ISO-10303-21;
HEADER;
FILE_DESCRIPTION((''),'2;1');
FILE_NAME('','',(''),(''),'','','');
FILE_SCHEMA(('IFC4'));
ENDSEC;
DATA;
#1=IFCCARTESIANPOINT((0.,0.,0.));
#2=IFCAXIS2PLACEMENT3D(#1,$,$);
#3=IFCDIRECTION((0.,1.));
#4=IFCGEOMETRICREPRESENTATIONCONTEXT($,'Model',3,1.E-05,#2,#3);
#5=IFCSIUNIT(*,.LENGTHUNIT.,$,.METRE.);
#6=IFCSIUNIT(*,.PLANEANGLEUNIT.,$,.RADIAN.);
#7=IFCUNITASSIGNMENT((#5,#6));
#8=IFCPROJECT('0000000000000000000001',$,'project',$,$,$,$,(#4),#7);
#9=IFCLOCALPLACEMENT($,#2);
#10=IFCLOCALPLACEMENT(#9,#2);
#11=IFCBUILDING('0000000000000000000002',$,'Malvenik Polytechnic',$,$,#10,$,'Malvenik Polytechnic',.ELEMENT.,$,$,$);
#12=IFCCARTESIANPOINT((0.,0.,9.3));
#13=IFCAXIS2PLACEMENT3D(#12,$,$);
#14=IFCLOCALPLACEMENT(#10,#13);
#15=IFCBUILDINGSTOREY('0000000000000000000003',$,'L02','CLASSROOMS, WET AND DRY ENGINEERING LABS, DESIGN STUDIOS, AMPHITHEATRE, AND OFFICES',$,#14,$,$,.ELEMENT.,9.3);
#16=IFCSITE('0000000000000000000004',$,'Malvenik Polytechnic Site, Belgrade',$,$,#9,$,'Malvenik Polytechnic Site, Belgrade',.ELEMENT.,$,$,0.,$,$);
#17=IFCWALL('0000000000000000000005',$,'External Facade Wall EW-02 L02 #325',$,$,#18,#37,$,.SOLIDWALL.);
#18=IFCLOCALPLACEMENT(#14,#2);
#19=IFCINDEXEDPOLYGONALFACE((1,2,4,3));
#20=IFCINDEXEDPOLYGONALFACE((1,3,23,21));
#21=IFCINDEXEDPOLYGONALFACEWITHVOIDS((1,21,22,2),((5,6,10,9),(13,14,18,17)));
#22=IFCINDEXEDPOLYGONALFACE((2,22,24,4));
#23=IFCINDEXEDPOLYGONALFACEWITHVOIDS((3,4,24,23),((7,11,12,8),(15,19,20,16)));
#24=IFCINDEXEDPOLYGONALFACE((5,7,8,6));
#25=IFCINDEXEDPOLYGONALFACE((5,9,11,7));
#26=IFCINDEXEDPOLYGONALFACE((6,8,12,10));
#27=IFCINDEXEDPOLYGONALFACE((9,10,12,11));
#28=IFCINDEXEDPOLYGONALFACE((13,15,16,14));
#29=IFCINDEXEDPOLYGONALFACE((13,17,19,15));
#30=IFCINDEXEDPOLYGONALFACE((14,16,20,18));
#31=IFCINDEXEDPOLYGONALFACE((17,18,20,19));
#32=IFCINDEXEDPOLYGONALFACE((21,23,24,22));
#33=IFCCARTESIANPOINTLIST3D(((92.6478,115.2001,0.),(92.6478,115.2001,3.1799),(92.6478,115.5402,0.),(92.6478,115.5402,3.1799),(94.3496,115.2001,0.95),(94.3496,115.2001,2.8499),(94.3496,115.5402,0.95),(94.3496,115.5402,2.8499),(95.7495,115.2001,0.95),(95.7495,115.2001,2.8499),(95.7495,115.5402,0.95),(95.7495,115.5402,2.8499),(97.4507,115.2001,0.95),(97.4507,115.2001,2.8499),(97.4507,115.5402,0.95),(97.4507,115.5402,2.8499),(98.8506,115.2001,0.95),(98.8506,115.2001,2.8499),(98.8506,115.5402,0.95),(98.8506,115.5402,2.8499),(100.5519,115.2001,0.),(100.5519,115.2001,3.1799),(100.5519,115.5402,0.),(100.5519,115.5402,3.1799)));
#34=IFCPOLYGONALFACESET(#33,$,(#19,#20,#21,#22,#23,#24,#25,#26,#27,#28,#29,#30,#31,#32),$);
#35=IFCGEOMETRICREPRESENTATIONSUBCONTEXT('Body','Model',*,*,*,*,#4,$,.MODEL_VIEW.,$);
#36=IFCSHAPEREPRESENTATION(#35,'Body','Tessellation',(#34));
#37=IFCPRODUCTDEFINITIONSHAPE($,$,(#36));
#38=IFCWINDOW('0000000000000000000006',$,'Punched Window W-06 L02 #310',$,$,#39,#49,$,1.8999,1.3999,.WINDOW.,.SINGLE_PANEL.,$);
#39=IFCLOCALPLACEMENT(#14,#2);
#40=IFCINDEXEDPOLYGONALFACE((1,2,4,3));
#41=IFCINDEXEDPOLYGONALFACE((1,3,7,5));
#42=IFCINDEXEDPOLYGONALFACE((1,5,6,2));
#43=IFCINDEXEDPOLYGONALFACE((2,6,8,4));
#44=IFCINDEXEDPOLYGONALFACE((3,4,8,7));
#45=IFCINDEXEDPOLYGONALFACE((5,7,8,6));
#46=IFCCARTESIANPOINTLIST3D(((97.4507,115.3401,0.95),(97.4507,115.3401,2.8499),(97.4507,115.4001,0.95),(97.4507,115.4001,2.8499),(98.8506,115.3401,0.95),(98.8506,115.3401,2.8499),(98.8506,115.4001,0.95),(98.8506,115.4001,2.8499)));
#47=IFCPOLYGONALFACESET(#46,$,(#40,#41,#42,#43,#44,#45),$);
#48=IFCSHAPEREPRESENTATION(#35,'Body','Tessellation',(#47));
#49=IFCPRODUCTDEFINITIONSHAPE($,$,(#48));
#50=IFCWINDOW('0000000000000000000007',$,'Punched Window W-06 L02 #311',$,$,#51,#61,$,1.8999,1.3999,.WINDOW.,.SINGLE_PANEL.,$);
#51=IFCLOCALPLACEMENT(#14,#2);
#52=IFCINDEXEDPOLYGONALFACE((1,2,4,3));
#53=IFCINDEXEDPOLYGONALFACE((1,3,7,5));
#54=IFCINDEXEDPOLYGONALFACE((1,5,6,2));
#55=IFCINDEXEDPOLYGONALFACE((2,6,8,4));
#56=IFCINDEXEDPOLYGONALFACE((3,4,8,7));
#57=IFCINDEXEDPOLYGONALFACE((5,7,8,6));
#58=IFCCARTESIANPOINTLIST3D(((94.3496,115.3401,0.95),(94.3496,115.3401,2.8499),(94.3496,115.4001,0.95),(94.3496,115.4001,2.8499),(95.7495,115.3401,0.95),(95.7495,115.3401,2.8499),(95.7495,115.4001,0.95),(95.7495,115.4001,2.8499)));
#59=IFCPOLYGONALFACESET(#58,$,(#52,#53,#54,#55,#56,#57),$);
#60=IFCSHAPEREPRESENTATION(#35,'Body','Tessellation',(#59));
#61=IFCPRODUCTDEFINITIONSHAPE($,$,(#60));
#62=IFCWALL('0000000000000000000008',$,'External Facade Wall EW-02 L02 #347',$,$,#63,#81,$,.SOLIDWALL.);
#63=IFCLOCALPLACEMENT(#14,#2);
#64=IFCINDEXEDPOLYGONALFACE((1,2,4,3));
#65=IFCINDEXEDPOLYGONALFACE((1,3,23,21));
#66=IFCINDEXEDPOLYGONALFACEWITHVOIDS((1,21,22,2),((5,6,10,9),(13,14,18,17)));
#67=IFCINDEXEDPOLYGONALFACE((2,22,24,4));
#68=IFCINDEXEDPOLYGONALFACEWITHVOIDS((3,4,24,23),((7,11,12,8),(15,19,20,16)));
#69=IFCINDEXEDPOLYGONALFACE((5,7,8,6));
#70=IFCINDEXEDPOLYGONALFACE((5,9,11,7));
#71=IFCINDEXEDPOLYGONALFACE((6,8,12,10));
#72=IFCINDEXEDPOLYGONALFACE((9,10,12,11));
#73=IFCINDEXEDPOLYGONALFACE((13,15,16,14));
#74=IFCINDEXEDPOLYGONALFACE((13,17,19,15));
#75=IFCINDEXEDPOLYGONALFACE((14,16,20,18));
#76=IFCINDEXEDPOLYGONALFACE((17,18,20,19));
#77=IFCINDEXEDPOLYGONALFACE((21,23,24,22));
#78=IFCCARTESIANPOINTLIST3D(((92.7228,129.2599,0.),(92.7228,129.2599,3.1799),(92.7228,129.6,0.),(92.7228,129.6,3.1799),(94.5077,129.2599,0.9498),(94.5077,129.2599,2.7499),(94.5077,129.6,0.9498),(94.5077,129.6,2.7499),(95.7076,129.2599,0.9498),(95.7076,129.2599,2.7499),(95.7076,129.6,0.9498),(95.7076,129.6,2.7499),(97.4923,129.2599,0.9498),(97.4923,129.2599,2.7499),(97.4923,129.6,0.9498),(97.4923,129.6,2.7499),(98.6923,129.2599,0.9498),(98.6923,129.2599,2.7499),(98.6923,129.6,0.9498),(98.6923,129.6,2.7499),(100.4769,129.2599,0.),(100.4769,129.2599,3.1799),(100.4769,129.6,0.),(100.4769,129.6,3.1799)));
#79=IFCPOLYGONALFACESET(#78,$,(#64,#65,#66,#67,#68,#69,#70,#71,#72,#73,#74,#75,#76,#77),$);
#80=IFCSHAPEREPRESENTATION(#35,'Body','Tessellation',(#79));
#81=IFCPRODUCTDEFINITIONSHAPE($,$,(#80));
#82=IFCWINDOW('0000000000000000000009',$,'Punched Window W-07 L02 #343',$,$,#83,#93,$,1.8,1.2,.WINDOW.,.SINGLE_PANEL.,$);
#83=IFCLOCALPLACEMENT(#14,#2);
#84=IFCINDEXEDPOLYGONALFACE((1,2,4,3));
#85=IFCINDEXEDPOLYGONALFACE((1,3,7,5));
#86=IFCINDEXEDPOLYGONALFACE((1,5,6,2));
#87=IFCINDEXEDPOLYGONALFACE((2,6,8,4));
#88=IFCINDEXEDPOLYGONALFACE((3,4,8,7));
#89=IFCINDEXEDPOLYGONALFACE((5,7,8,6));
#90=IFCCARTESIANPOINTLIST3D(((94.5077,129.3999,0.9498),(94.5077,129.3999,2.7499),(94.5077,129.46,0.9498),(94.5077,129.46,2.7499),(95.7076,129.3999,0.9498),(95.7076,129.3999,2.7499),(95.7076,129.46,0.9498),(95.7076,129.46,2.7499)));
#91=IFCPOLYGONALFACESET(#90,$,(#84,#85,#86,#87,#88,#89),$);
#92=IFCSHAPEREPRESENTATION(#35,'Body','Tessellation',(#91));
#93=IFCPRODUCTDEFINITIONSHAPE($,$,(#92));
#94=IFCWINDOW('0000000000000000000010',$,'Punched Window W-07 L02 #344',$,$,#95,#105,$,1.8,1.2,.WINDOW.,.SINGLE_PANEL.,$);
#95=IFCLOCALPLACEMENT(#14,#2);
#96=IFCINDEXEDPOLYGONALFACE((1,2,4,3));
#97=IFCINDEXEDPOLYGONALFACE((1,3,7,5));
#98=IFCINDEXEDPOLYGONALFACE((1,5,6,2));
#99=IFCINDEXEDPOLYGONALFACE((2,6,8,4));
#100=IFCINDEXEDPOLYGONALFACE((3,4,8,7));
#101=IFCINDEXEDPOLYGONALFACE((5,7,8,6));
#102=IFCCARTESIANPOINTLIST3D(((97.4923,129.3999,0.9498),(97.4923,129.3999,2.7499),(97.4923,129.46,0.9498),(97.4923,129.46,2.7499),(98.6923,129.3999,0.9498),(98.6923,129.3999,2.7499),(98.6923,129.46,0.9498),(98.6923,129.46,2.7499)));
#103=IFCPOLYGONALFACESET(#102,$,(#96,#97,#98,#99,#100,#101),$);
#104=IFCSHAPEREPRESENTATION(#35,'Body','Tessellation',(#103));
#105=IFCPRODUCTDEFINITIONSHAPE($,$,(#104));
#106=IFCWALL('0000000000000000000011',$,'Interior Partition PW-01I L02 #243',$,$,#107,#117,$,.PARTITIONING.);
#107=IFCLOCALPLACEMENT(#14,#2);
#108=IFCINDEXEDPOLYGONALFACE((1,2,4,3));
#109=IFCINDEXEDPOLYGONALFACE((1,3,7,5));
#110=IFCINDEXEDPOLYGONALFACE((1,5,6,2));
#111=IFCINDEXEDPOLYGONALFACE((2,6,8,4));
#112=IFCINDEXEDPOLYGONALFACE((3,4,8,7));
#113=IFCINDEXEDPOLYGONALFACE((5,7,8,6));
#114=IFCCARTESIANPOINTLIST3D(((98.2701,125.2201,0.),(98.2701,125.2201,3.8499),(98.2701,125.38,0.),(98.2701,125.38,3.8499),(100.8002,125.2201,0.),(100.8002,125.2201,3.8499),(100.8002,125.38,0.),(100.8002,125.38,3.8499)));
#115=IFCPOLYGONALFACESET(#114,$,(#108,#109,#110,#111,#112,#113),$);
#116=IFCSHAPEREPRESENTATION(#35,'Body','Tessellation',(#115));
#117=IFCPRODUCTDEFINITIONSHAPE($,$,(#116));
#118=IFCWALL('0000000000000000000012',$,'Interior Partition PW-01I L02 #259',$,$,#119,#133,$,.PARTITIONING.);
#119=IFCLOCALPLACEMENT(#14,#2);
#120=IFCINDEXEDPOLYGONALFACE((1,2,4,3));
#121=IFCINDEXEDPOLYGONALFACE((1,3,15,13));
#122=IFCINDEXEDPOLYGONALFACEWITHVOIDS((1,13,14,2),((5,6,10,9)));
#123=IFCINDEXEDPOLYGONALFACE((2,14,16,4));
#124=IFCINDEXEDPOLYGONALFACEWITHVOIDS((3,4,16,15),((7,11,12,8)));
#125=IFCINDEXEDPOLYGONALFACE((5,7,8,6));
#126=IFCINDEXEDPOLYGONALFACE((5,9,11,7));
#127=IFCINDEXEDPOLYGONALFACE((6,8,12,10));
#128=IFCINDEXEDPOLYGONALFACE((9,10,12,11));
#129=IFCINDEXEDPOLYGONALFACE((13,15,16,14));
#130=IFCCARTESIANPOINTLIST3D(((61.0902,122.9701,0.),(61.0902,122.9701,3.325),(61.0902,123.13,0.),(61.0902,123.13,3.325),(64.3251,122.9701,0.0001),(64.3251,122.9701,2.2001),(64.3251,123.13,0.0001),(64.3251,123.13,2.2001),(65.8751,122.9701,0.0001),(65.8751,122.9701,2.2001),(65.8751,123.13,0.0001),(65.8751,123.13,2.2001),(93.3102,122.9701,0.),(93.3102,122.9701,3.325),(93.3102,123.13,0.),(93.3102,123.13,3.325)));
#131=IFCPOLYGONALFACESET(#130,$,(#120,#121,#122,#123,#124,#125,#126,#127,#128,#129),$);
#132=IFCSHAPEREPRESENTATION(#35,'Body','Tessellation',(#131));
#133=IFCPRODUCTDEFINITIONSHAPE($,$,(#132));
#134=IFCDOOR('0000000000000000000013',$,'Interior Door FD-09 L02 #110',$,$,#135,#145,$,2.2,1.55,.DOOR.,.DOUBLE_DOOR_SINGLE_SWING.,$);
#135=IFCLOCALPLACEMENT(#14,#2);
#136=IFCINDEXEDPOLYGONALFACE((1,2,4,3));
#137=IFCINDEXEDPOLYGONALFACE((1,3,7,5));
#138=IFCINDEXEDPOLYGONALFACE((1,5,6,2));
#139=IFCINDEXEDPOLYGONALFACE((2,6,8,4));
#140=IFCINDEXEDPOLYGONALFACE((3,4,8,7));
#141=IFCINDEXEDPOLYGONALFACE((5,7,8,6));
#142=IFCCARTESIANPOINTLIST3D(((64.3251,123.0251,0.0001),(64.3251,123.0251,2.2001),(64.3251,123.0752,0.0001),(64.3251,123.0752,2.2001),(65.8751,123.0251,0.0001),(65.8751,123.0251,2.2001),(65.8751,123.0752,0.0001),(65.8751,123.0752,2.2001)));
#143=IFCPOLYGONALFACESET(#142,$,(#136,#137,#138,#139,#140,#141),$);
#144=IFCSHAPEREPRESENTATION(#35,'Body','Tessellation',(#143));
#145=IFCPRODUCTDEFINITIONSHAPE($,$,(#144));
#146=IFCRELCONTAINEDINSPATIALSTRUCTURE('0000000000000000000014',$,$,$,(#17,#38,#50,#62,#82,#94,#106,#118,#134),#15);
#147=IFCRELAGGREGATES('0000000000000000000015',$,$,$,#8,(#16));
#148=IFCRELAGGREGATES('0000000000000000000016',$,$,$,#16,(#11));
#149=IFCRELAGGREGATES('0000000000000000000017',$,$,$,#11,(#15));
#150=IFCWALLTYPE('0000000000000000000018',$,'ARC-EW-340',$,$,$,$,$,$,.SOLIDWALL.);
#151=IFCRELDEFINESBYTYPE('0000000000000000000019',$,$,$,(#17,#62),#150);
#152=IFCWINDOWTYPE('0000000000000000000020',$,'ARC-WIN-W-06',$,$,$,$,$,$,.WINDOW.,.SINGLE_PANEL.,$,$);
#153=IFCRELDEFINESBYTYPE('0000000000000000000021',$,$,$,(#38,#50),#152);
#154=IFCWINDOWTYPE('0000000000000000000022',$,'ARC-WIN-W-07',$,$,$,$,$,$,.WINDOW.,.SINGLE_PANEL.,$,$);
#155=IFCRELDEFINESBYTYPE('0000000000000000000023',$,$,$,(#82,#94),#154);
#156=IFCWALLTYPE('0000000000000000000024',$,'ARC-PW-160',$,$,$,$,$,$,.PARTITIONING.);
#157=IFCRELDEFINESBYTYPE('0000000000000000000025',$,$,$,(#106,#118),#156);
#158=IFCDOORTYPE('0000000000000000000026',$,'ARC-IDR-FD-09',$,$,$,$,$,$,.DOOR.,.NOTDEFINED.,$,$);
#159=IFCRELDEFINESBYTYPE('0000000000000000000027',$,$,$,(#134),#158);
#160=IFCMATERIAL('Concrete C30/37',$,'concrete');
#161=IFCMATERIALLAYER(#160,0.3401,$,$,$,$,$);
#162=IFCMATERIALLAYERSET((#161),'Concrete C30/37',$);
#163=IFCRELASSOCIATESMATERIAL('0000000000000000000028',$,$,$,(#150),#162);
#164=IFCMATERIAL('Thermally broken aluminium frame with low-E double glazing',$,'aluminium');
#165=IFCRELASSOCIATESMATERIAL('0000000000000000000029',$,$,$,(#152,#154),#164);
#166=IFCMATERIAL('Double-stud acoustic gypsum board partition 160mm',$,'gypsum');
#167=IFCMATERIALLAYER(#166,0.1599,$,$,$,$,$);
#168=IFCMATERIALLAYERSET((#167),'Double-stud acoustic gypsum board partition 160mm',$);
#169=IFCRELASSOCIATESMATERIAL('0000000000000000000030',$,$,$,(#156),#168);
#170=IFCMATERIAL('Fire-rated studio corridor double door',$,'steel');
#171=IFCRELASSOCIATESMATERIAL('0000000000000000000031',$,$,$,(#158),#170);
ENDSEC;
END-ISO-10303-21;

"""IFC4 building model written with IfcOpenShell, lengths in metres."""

from ifc_helpers import new_model, si_unit, direction, frame, frame_2d, origin, place, context, subcontext, project, spatial, rectangle, extrude, material, layer, layer_set, type_object, element, fill, save


model = new_model("IFC4")

# Units and contexts
model_context = context("Model", 3, precision=1e-05, world=origin(), true_north=direction((0.0, 1.0)))
body_context = subcontext(model_context, "Body", "Model", "MODEL_VIEW")
ifc_project = project(units=[si_unit("LENGTHUNIT", "METRE"), si_unit("PLANEANGLEUNIT", "RADIAN")], contexts=[model_context])

# Site, building, storey
site_placement = place(None, origin())
site = spatial("IfcSite", under=ifc_project, at=site_placement, Name="Malvenik Polytechnic Site, Belgrade", LongName="Malvenik Polytechnic Site, Belgrade", CompositionType="ELEMENT", RefElevation=0.0)
building_placement = place(site_placement, origin())
building = spatial("IfcBuilding", under=site, at=building_placement, Name="Malvenik Polytechnic", LongName="Malvenik Polytechnic", CompositionType="ELEMENT")
storey_placement = place(building_placement, frame((0.0, 0.0, 9.3)))
storey = spatial("IfcBuildingStorey", under=building, at=storey_placement, Name="L02", Description="CLASSROOMS, WET AND DRY ENGINEERING LABS, DESIGN STUDIOS, AMPHITHEATRE, AND OFFICES", CompositionType="ELEMENT", Elevation=9.3)

# Walls, openings, windows
ifc_material_1 = material(Name="Concrete C30/37", Category="concrete")
ifc_layer_1 = layer(ifc_material_1, 0.3401)
ifc_layer_set_1 = layer_set([ifc_layer_1], Name="Concrete C30/37")
wall_type_1 = type_object("IfcWallType", Name="ARC-EW-340", PredefinedType="SOLIDWALL", material=ifc_layer_set_1)
wall_1_placement = place(storey_placement, frame((100.552, 115.3701, 0.0), z_axis=(0.0, 0.0, 1.0), x_axis=(-1.0, 0.0, 0.0)))
wall_1 = element("IfcWall", 1, at=wall_1_placement, inside=storey, type_object=wall_type_1, Name="External Facade Wall EW-02 L02 #325", PredefinedType="SOLIDWALL", context=body_context, shape_type="SweptSolid", body=[
    extrude(rectangle(XDim=7.9041, YDim=0.3401, at=frame_2d((3.9521, 0.0))), origin(), (0.0, 0.0, 1.0), 3.1799),
])
opening_1_placement = place(wall_1_placement, frame((1.7014, 0.0, 0.95)))
opening_1 = element("IfcOpeningElement", 2, at=opening_1_placement, cuts=wall_1, PredefinedType="OPENING", context=body_context, shape_type="SweptSolid", body=[
    extrude(rectangle(XDim=1.3999, YDim=1.8999, at=frame_2d((0.7, 0.95))), frame((0.0, 0.1802, 0.0), z_axis=(0.0, -1.0, 0.0), x_axis=(1.0, 0.0, 0.0)), (0.0, 0.0, 1.0), 0.3601),
])
opening_2_placement = place(wall_1_placement, frame((4.8025, 0.0, 0.95)))
opening_2 = element("IfcOpeningElement", 3, at=opening_2_placement, cuts=wall_1, PredefinedType="OPENING", context=body_context, shape_type="SweptSolid", body=[
    extrude(rectangle(XDim=1.3999, YDim=1.8999, at=frame_2d((0.7, 0.95))), frame((0.0, 0.1802, 0.0), z_axis=(0.0, -1.0, 0.0), x_axis=(1.0, 0.0, 0.0)), (0.0, 0.0, 1.0), 0.3601),
])
ifc_material_2 = material(Name="Thermally broken aluminium frame with low-E double glazing", Category="aluminium")
window_type_1 = type_object("IfcWindowType", Name="ARC-WIN-W-06", PartitioningType="SINGLE_PANEL", PredefinedType="WINDOW", material=ifc_material_2)
window_1_placement = place(opening_1_placement, origin())
window_1 = element("IfcWindow", 4, at=window_1_placement, inside=storey, type_object=window_type_1, Name="Punched Window W-06 L02 #310", OverallHeight=1.8999, OverallWidth=1.3999, PartitioningType="SINGLE_PANEL", PredefinedType="WINDOW", context=body_context, shape_type="SweptSolid", body=[
    extrude(rectangle(XDim=1.3999, YDim=1.8999, at=frame_2d((0.7, 0.95))), frame((0.0, 0.03, 0.0), z_axis=(0.0, -1.0, 0.0), x_axis=(1.0, 0.0, 0.0)), (0.0, 0.0, 1.0), 0.0601),
])
fill(opening_1, window_1)
window_2_placement = place(opening_2_placement, origin())
window_2 = element("IfcWindow", 5, at=window_2_placement, inside=storey, type_object=window_type_1, Name="Punched Window W-06 L02 #311", OverallHeight=1.8999, OverallWidth=1.3999, PartitioningType="SINGLE_PANEL", PredefinedType="WINDOW", context=body_context, shape_type="SweptSolid", body=[
    extrude(rectangle(XDim=1.3999, YDim=1.8999, at=frame_2d((0.7, 0.95))), frame((0.0, 0.03, 0.0), z_axis=(0.0, -1.0, 0.0), x_axis=(1.0, 0.0, 0.0)), (0.0, 0.0, 1.0), 0.0601),
])
fill(opening_2, window_2)
wall_2_placement = place(storey_placement, frame((92.7229, 129.4299, 0.0), z_axis=(0.0, 0.0, 1.0), x_axis=(1.0, 0.0, 0.0)))
wall_2 = element("IfcWall", 6, at=wall_2_placement, inside=storey, type_object=wall_type_1, Name="External Facade Wall EW-02 L02 #347", PredefinedType="SOLIDWALL", context=body_context, shape_type="SweptSolid", body=[
    extrude(rectangle(XDim=7.7542, YDim=0.3401, at=frame_2d((3.877, 0.0))), origin(), (0.0, 0.0, 1.0), 3.1799),
])
opening_3_placement = place(wall_2_placement, frame((1.7847, 0.0, 0.95)))
opening_3 = element("IfcOpeningElement", 7, at=opening_3_placement, cuts=wall_2, PredefinedType="OPENING", context=body_context, shape_type="SweptSolid", body=[
    extrude(rectangle(XDim=1.2, YDim=1.8, at=frame_2d((0.6001, 0.8999))), frame((0.0, 0.1802, 0.0), z_axis=(0.0, -1.0, 0.0), x_axis=(1.0, 0.0, 0.0)), (0.0, 0.0, 1.0), 0.3601),
])
opening_4_placement = place(wall_2_placement, frame((4.7693, 0.0, 0.95)))
opening_4 = element("IfcOpeningElement", 8, at=opening_4_placement, cuts=wall_2, PredefinedType="OPENING", context=body_context, shape_type="SweptSolid", body=[
    extrude(rectangle(XDim=1.2, YDim=1.8, at=frame_2d((0.6001, 0.8999))), frame((0.0, 0.1802, 0.0), z_axis=(0.0, -1.0, 0.0), x_axis=(1.0, 0.0, 0.0)), (0.0, 0.0, 1.0), 0.3601),
])
window_type_2 = type_object("IfcWindowType", Name="ARC-WIN-W-07", PartitioningType="SINGLE_PANEL", PredefinedType="WINDOW", material=ifc_material_2)
window_3_placement = place(opening_3_placement, origin())
window_3 = element("IfcWindow", 9, at=window_3_placement, inside=storey, type_object=window_type_2, Name="Punched Window W-07 L02 #343", OverallHeight=1.8, OverallWidth=1.2, PartitioningType="SINGLE_PANEL", PredefinedType="WINDOW", context=body_context, shape_type="SweptSolid", body=[
    extrude(rectangle(XDim=1.2, YDim=1.8, at=frame_2d((0.6001, 0.8999))), frame((0.0, 0.03, 0.0), z_axis=(0.0, -1.0, 0.0), x_axis=(1.0, 0.0, 0.0)), (0.0, 0.0, 1.0), 0.0601),
])
fill(opening_3, window_3)
window_4_placement = place(opening_4_placement, origin())
window_4 = element("IfcWindow", 10, at=window_4_placement, inside=storey, type_object=window_type_2, Name="Punched Window W-07 L02 #344", OverallHeight=1.8, OverallWidth=1.2, PartitioningType="SINGLE_PANEL", PredefinedType="WINDOW", context=body_context, shape_type="SweptSolid", body=[
    extrude(rectangle(XDim=1.2, YDim=1.8, at=frame_2d((0.6001, 0.8999))), frame((0.0, 0.03, 0.0), z_axis=(0.0, -1.0, 0.0), x_axis=(1.0, 0.0, 0.0)), (0.0, 0.0, 1.0), 0.0601),
])
fill(opening_4, window_4)

# Wall
ifc_material_3 = material(Name="Double-stud acoustic gypsum board partition 160mm", Category="gypsum")
ifc_layer_2 = layer(ifc_material_3, 0.1599)
ifc_layer_set_2 = layer_set([ifc_layer_2], Name="Double-stud acoustic gypsum board partition 160mm")
wall_type_2 = type_object("IfcWallType", Name="ARC-PW-160", PredefinedType="PARTITIONING", material=ifc_layer_set_2)
wall_3_placement = place(storey_placement, frame((98.27, 125.3, 0.0), z_axis=(0.0, 0.0, 1.0), x_axis=(1.0, 0.0, 0.0)))
element("IfcWall", 11, at=wall_3_placement, inside=storey, type_object=wall_type_2, Name="Interior Partition PW-01I L02 #243", PredefinedType="PARTITIONING", context=body_context, shape_type="SweptSolid", body=[
    extrude(rectangle(XDim=2.53, YDim=0.1599, at=frame_2d((1.2651, 0.0))), origin(), (0.0, 0.0, 1.0), 3.8499),
])

# Wall, opening, door
wall_4_placement = place(storey_placement, frame((93.3101, 123.05, 0.0), z_axis=(0.0, 0.0, 1.0), x_axis=(-1.0, 0.0, 0.0)))
wall_4 = element("IfcWall", 12, at=wall_4_placement, inside=storey, type_object=wall_type_2, Name="Interior Partition PW-01I L02 #259", PredefinedType="PARTITIONING", context=body_context, shape_type="SweptSolid", body=[
    extrude(rectangle(XDim=32.22, YDim=0.1599, at=frame_2d((16.1099, 0.0))), origin(), (0.0, 0.0, 1.0), 3.325),
])
opening_5_placement = place(wall_4_placement, frame((27.4351, 0.0, 0.0)))
opening_5 = element("IfcOpeningElement", 13, at=opening_5_placement, cuts=wall_4, PredefinedType="OPENING", context=body_context, shape_type="SweptSolid", body=[
    extrude(rectangle(XDim=1.55, YDim=2.2, at=frame_2d((0.7749, 1.1001))), frame((0.0, 0.0898, 0.0), z_axis=(0.0, -1.0, 0.0), x_axis=(1.0, 0.0, 0.0)), (0.0, 0.0, 1.0), 0.1799),
])
ifc_material_4 = material(Name="Fire-rated studio corridor double door", Category="steel")
door_type_1 = type_object("IfcDoorType", Name="ARC-IDR-FD-09", OperationType="NOTDEFINED", PredefinedType="DOOR", material=ifc_material_4)
door_1_placement = place(opening_5_placement, origin())
door_1 = element("IfcDoor", 14, at=door_1_placement, inside=storey, type_object=door_type_1, Name="Interior Door FD-09 L02 #110", OperationType="DOUBLE_DOOR_SINGLE_SWING", OverallHeight=2.2, OverallWidth=1.55, PredefinedType="DOOR", context=body_context, shape_type="SweptSolid", body=[
    extrude(rectangle(XDim=1.55, YDim=2.2, at=frame_2d((0.7749, 1.1001))), frame((0.0, 0.0249, 0.0), z_axis=(0.0, -1.0, 0.0), x_axis=(1.0, 0.0, 0.0)), (0.0, 0.0, 1.0), 0.05),
])
fill(opening_5, door_1)

save(model, "model.ifc")
